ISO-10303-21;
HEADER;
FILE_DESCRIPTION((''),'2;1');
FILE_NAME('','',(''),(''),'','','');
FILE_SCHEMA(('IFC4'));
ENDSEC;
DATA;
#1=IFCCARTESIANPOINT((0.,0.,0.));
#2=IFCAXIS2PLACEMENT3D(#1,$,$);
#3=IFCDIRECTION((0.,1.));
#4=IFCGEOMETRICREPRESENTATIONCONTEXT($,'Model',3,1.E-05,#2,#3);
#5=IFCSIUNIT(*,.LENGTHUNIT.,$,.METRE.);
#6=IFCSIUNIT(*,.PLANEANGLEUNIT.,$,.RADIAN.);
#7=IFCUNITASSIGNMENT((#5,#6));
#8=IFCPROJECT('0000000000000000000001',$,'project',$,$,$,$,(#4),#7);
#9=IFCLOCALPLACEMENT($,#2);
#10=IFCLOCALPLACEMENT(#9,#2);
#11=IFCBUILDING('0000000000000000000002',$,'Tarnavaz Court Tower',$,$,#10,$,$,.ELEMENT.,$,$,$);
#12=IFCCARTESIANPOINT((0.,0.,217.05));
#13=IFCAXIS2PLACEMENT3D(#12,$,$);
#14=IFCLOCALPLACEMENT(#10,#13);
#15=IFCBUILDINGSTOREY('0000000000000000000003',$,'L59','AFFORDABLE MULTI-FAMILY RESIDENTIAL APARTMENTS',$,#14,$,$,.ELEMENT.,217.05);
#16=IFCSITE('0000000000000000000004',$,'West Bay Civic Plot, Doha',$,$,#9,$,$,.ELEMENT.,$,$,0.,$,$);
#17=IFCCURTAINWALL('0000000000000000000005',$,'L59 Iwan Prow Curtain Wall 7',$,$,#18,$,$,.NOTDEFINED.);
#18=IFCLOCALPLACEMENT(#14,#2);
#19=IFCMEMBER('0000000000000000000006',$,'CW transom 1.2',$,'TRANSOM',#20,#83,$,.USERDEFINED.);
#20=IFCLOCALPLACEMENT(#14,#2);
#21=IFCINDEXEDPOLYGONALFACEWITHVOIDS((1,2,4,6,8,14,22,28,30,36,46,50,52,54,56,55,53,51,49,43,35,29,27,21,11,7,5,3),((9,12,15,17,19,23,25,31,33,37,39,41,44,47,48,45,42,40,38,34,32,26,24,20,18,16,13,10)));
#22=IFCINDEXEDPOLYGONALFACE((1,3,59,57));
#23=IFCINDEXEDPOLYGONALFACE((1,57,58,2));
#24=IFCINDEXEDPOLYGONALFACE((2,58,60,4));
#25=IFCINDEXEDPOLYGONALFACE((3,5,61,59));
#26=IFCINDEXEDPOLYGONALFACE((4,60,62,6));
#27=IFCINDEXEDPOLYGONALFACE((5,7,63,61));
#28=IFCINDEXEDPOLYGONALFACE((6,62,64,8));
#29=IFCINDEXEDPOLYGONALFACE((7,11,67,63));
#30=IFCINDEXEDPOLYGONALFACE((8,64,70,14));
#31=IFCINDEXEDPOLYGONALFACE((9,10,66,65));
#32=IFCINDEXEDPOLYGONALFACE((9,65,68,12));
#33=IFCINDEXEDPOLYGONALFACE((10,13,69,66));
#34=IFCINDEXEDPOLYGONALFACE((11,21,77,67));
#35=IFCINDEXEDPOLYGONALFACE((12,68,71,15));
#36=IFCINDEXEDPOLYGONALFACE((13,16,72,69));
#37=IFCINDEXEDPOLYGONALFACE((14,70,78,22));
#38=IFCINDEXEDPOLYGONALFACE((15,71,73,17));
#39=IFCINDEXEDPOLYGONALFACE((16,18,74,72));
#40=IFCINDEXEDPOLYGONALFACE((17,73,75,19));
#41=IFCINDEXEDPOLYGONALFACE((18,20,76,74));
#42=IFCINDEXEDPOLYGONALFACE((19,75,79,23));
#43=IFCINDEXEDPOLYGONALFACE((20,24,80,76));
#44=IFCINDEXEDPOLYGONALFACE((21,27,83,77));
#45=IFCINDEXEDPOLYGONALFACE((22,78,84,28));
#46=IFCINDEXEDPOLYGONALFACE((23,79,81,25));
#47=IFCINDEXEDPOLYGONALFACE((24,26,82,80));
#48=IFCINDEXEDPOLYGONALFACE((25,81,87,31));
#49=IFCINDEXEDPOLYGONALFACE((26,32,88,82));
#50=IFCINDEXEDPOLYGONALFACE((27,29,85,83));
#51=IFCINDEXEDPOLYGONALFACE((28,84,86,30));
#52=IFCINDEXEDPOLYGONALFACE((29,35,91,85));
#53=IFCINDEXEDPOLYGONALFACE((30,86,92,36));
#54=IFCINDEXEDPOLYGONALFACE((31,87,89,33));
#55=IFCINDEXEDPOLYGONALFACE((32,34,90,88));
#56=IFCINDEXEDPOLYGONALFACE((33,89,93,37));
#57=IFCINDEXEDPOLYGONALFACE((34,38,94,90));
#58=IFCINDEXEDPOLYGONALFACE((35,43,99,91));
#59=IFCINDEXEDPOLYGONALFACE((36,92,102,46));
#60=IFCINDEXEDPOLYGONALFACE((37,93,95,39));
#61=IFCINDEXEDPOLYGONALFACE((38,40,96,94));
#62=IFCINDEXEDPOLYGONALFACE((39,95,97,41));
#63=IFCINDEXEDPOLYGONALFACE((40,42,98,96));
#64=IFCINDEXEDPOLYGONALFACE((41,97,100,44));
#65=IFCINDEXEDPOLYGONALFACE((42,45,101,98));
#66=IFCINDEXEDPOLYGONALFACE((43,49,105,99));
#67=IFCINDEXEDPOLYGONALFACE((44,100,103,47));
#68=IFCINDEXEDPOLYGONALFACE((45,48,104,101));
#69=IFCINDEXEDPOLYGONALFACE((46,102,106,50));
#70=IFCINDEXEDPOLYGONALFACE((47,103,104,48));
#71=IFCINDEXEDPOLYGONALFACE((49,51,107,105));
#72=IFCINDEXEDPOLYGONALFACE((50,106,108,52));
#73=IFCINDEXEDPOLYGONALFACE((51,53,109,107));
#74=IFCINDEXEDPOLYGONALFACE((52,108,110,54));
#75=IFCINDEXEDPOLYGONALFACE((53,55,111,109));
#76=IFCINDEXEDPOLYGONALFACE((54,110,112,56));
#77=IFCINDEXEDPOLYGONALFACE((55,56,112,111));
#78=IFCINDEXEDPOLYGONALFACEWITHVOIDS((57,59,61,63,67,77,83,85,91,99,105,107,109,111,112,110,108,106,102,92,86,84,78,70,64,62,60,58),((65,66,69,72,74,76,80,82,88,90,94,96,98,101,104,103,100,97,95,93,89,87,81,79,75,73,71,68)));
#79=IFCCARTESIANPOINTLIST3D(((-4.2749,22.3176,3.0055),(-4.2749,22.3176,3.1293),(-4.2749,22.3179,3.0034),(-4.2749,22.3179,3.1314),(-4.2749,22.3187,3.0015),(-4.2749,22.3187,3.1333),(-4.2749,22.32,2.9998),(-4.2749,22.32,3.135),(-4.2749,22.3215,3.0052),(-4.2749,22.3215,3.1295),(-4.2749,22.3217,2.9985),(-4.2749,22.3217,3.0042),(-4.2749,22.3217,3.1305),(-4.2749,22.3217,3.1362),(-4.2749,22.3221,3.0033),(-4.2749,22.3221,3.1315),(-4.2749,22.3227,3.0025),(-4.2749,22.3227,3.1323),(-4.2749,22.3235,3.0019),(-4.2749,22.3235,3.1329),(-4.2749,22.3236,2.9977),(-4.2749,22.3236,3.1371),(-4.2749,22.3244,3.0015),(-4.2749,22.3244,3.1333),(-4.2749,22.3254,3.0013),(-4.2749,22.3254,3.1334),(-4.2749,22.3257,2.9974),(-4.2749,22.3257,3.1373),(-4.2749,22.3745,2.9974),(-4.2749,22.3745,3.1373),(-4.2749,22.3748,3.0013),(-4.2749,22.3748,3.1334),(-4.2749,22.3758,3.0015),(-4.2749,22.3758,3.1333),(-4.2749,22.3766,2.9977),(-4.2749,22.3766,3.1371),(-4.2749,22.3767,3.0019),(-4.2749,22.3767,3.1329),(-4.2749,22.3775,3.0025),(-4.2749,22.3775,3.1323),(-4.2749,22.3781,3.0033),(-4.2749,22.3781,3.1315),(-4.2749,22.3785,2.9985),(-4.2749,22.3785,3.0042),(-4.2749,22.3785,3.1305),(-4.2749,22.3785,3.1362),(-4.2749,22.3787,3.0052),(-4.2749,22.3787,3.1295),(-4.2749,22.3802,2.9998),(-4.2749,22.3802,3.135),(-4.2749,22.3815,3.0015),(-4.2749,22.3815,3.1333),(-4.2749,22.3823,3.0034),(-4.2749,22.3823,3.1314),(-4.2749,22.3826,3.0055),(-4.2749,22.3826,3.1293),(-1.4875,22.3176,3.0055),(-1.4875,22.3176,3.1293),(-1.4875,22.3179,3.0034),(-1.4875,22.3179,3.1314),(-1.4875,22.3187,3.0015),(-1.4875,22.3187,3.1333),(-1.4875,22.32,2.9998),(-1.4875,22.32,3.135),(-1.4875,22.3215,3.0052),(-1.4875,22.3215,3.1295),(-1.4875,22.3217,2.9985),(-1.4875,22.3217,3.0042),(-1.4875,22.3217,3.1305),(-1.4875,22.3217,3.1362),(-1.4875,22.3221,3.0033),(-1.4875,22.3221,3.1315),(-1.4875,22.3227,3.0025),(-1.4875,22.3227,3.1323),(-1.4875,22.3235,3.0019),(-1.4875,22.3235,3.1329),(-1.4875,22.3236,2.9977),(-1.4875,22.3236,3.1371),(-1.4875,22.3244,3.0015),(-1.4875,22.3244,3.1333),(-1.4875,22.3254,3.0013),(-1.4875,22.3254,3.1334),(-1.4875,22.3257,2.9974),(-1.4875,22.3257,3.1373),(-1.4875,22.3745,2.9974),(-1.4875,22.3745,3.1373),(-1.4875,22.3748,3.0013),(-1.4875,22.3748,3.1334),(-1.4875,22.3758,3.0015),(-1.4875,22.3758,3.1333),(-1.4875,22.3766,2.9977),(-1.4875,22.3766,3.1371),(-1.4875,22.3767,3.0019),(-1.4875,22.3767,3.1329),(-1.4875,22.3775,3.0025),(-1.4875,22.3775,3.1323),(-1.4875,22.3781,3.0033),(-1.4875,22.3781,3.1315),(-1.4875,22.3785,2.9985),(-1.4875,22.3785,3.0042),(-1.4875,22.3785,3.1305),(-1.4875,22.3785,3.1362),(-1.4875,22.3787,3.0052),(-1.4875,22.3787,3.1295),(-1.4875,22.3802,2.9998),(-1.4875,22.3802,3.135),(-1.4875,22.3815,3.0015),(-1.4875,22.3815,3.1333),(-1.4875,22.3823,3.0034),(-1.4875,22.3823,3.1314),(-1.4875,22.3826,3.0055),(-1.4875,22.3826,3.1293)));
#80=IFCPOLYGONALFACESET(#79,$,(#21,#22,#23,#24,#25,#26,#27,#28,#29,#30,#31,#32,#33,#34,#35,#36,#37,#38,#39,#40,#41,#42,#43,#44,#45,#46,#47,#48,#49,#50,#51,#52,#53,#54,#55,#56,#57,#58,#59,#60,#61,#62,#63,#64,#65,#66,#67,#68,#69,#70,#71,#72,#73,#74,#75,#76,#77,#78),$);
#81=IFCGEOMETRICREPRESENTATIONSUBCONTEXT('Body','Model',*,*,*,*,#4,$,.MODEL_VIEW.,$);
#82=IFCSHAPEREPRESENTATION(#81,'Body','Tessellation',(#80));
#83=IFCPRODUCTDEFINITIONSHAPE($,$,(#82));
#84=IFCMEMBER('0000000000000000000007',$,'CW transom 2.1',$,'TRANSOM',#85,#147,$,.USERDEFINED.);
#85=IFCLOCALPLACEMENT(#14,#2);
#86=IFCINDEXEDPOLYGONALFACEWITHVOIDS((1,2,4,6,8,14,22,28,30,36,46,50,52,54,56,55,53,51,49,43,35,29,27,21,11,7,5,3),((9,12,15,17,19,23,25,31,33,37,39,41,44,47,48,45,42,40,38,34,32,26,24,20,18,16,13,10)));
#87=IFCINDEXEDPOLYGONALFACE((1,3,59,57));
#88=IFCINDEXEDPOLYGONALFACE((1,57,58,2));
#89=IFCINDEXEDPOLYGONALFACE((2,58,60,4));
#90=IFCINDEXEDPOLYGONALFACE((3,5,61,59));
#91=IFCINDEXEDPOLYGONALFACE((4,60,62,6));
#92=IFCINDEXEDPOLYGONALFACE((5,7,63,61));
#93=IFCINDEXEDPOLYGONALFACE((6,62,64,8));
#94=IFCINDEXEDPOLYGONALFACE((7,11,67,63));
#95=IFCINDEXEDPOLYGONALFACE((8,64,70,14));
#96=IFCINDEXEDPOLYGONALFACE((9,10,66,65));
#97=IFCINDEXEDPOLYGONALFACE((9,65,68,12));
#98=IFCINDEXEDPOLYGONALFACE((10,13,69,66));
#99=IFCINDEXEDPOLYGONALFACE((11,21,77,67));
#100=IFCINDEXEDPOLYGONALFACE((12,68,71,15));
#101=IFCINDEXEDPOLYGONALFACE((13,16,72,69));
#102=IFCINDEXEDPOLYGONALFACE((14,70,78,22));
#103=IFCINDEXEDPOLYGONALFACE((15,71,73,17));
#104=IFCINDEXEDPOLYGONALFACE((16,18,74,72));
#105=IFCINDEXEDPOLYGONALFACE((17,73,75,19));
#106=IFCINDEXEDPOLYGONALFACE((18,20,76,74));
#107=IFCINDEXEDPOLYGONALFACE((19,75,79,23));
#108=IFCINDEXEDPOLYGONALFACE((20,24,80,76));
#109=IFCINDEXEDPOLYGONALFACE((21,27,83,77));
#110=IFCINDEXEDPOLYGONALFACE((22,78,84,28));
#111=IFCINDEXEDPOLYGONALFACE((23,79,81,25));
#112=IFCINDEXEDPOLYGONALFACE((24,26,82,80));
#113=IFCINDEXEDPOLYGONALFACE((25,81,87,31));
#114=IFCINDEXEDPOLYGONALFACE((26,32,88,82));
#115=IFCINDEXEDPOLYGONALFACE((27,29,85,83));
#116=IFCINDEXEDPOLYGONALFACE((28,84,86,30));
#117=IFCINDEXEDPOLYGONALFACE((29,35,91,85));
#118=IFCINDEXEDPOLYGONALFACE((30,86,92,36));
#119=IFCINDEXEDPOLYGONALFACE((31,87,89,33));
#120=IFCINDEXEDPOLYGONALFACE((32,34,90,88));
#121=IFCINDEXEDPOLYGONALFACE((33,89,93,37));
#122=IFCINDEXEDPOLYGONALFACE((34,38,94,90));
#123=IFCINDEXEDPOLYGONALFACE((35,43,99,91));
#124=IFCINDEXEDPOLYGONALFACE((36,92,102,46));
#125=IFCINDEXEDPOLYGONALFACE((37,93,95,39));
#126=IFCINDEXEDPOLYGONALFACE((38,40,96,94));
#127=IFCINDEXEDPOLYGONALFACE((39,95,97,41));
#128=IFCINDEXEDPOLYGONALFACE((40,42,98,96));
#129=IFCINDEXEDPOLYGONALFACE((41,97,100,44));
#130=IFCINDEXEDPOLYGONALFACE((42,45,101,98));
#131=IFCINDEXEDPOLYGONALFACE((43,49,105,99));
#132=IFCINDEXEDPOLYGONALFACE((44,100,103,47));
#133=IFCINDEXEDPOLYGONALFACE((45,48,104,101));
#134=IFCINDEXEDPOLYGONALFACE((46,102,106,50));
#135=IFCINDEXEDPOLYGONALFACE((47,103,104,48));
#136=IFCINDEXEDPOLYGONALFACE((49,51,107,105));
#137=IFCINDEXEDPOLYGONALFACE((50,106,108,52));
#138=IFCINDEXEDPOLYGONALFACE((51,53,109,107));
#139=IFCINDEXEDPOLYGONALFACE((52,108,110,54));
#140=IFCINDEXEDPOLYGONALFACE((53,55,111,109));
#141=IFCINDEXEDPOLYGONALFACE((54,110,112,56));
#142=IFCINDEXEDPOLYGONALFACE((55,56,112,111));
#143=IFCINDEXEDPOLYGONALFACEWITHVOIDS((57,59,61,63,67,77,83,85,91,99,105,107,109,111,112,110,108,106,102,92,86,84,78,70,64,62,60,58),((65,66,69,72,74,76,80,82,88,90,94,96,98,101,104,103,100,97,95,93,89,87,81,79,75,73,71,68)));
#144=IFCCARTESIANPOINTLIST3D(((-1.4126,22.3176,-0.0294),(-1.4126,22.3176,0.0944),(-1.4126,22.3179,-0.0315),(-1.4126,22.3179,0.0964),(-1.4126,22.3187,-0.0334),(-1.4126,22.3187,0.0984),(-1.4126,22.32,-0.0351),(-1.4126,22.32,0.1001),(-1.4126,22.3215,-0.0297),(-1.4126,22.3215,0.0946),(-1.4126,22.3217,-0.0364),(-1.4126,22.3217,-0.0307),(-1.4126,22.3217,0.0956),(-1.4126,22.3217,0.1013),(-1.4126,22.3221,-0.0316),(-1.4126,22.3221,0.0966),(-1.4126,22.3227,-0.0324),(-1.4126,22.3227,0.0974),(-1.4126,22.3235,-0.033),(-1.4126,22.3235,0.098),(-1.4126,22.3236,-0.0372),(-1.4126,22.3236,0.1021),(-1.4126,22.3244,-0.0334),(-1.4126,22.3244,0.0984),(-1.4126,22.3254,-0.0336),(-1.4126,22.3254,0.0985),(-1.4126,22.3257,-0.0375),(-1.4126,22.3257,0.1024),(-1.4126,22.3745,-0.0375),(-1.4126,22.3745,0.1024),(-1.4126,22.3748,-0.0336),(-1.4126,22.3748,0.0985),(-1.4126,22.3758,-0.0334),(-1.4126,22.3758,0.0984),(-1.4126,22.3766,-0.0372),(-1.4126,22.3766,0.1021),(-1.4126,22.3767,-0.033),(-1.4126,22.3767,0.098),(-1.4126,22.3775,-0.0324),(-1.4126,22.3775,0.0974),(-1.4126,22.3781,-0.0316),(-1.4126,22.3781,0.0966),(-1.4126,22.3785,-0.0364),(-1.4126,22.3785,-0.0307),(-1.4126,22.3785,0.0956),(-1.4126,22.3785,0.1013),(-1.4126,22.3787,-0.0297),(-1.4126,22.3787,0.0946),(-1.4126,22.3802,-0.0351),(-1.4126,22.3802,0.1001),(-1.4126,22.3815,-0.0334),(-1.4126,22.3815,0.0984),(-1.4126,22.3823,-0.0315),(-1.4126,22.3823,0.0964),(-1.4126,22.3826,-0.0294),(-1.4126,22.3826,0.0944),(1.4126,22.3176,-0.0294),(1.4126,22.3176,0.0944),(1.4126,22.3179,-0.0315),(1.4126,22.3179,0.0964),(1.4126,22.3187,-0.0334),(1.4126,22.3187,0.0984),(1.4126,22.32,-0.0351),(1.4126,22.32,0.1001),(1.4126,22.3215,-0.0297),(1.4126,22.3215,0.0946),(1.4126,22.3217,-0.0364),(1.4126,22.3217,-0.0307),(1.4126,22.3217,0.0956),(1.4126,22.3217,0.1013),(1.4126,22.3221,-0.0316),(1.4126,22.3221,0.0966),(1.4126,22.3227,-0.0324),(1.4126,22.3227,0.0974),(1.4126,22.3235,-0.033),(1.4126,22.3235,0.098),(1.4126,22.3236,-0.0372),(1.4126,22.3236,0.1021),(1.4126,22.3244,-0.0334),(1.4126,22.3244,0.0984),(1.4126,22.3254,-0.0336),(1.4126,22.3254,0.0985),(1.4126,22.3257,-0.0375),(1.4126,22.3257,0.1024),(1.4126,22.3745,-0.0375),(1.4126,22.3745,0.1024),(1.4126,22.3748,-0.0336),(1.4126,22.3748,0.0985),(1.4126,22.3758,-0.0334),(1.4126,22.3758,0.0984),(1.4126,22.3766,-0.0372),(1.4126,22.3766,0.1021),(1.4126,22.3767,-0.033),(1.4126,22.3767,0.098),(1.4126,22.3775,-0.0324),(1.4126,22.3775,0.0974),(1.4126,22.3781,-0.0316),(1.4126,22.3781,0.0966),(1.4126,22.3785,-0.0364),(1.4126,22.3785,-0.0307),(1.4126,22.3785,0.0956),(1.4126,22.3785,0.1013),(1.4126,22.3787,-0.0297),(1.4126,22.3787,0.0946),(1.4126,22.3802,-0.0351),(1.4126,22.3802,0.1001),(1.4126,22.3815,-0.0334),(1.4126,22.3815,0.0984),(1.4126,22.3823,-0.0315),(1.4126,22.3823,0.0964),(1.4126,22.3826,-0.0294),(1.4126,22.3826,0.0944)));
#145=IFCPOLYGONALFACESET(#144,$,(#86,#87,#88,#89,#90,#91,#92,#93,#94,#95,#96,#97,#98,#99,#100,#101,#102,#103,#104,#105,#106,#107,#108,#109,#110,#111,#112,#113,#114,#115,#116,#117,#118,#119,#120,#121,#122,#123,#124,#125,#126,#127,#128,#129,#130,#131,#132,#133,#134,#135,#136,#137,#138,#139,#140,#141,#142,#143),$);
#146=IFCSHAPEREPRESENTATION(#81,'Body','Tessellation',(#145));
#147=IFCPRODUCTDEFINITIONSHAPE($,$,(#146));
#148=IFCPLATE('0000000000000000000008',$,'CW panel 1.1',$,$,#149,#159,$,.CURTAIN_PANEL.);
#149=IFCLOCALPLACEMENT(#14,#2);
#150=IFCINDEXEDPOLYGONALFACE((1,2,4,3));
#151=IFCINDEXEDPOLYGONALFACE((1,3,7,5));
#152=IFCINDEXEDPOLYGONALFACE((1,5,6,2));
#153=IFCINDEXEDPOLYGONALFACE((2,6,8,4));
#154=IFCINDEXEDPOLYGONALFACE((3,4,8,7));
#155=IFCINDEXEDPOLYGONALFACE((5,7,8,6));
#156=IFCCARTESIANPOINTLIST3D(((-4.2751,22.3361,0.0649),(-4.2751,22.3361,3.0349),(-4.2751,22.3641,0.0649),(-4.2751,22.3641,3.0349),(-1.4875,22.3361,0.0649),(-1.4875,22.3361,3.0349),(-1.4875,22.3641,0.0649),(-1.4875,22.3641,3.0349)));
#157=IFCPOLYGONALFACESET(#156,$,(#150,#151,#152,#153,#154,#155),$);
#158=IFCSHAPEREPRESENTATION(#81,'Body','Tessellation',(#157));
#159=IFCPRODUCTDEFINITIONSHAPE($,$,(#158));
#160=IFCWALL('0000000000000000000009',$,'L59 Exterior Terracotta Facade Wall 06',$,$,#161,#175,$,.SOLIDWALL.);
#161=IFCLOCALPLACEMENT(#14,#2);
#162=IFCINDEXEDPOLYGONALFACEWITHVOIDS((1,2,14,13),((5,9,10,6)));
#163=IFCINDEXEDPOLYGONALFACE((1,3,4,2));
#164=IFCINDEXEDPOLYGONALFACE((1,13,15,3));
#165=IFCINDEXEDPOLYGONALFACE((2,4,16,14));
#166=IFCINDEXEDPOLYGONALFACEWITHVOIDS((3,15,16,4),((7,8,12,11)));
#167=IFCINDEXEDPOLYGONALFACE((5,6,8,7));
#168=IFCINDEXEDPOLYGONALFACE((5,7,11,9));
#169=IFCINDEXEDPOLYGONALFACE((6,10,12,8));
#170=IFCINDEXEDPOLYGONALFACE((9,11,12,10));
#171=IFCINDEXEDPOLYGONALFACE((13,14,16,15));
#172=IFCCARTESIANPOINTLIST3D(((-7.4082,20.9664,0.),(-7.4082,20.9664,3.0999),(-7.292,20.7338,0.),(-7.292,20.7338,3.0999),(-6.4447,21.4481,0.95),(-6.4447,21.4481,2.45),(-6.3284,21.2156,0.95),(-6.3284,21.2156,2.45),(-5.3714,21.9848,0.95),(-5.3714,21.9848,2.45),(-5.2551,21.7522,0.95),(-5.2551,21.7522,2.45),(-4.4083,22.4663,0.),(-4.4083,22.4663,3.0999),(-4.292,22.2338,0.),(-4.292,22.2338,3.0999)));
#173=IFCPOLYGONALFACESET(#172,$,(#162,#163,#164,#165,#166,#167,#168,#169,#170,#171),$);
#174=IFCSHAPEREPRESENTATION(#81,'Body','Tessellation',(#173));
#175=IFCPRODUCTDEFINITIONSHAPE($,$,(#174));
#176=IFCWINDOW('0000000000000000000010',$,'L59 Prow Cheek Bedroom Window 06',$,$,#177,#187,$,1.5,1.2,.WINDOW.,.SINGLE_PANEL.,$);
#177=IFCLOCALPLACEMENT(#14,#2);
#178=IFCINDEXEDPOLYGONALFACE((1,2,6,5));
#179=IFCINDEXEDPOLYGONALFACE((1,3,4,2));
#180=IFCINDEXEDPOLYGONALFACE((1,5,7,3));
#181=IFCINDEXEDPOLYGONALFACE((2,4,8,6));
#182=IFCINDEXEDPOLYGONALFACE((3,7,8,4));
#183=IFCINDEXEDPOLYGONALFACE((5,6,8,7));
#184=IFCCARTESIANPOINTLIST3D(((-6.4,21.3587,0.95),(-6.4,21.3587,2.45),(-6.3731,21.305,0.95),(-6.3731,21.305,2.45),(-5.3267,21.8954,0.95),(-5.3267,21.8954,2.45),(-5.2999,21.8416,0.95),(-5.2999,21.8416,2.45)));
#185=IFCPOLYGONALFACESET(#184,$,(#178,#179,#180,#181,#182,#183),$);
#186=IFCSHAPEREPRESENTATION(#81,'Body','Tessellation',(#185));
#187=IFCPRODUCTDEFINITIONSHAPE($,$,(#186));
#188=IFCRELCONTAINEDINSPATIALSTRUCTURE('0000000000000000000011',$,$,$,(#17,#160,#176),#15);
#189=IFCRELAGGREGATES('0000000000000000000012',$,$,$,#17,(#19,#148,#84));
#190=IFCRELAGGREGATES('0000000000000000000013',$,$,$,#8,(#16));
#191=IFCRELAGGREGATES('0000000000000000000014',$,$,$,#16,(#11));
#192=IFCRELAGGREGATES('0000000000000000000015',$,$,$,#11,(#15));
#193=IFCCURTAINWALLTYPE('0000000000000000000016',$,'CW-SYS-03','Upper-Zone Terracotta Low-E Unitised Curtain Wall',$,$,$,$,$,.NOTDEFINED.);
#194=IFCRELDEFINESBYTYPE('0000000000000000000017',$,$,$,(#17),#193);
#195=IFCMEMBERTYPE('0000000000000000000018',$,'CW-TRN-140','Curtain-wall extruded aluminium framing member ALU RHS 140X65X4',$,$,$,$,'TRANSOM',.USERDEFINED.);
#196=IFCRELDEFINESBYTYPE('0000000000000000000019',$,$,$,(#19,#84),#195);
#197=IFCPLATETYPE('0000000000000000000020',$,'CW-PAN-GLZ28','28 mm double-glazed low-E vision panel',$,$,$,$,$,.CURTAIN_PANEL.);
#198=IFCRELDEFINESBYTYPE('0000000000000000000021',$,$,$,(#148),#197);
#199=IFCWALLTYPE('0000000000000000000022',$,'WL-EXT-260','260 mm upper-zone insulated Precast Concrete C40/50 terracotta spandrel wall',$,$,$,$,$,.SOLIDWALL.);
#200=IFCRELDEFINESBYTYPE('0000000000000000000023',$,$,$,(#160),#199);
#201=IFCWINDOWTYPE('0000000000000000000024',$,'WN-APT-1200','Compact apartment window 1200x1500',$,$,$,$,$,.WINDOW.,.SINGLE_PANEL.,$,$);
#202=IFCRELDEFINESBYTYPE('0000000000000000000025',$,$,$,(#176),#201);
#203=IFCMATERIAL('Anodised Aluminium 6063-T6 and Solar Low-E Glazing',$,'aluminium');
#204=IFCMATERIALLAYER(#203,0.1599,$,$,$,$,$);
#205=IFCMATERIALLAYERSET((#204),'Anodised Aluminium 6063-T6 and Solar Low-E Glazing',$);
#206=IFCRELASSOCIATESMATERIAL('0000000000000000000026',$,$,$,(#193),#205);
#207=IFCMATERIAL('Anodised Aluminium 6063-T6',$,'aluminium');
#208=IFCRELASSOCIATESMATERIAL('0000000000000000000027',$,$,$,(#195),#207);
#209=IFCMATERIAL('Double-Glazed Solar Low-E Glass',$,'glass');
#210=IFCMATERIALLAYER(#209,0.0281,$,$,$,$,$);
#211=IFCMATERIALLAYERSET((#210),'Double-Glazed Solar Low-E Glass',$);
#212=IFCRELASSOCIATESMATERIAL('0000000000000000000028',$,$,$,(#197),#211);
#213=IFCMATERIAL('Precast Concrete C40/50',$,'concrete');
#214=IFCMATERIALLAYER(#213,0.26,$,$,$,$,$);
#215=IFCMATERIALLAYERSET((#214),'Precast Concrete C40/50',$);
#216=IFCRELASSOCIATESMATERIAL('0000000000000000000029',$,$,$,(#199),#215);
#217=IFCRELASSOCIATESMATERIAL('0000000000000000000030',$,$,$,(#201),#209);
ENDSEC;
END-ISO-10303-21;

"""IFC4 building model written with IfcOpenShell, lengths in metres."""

from ifc_helpers import new_model, si_unit, direction, frame, frame_2d, origin, origin_2d, place, context, subcontext, project, spatial, rectangle, hollow_rectangle, extrude, material, layer, layer_set, material_profile, profile_set, type_object, element, fill, aggregate, save


model = new_model("IFC4")

# Units and contexts
model_context = context("Model", 3, precision=1e-05, world=origin(), true_north=direction((0.0, 1.0)))
body_context = subcontext(model_context, "Body", "Model", "MODEL_VIEW")
ifc_project = project(units=[si_unit("LENGTHUNIT", "METRE"), si_unit("PLANEANGLEUNIT", "RADIAN")], contexts=[model_context])

# Site, building, storey
site_placement = place(None, origin())
site = spatial("IfcSite", under=ifc_project, at=site_placement, Name="West Bay Civic Plot, Doha", CompositionType="ELEMENT", RefElevation=0.0)
building_placement = place(site_placement, origin())
building = spatial("IfcBuilding", under=site, at=building_placement, Name="Tarnavaz Court Tower", CompositionType="ELEMENT")
storey_placement = place(building_placement, frame((0.0, 0.0, 217.05)))
storey = spatial("IfcBuildingStorey", under=building, at=storey_placement, Name="L59", Description="AFFORDABLE MULTI-FAMILY RESIDENTIAL APARTMENTS", CompositionType="ELEMENT", Elevation=217.05)

# Curtain wall, members, plate
ifc_material_1 = material(Name="Anodised Aluminium 6063-T6 and Solar Low-E Glazing", Category="aluminium")
ifc_layer_1 = layer(ifc_material_1, 0.1599)
ifc_layer_set_1 = layer_set([ifc_layer_1], Name="Anodised Aluminium 6063-T6 and Solar Low-E Glazing")
curtain_wall_type = type_object("IfcCurtainWallType", Name="CW-SYS-03", Description="Upper-Zone Terracotta Low-E Unitised Curtain Wall", PredefinedType="NOTDEFINED", material=ifc_layer_set_1)
curtain_wall_placement = place(storey_placement, origin())
curtain_wall = element("IfcCurtainWall", 1, at=curtain_wall_placement, inside=storey, type_object=curtain_wall_type, Name="L59 Iwan Prow Curtain Wall 7", PredefinedType="NOTDEFINED")
ifc_material_2 = material(Name="Anodised Aluminium 6063-T6", Category="aluminium")
ifc_material_profile_1 = material_profile(ifc_material_2, hollow_rectangle(XDim=0.0649, YDim=0.1399, WallThickness=0.0039, InnerFilletRadius=0.0039, OuterFilletRadius=0.0081, at=origin_2d()), Name="ALU RHS 140X65X4")
ifc_profile_set_1 = profile_set([ifc_material_profile_1], Name="Anodised Aluminium 6063-T6")
member_type_1 = type_object("IfcMemberType", Name="CW-TRN-140", Description="Curtain-wall extruded aluminium framing member ALU RHS 140X65X4", ElementType="TRANSOM", PredefinedType="USERDEFINED", material=ifc_profile_set_1)
member_1_placement = place(storey_placement, frame((-4.2749, 22.3501, 3.0674), z_axis=(1.0, 0.0, 0.0), x_axis=(0.0, 1.0, 0.0)))
member_1 = element("IfcMember", 2, at=member_1_placement, type_object=member_type_1, Name="CW transom 1.2", ObjectType="TRANSOM", PredefinedType="USERDEFINED", context=body_context, shape_type="SweptSolid", body=[
    extrude(hollow_rectangle(XDim=0.0649, YDim=0.1399, WallThickness=0.0039, InnerFilletRadius=0.0039, OuterFilletRadius=0.0081, at=origin_2d()), origin(), (0.0, 0.0, 1.0), 2.7874),
])
member_2_placement = place(storey_placement, frame((-1.4126, 22.3501, 0.0325), z_axis=(1.0, 0.0, 0.0), x_axis=(0.0, 1.0, 0.0)))
member_2 = element("IfcMember", 3, at=member_2_placement, type_object=member_type_1, Name="CW transom 2.1", ObjectType="TRANSOM", PredefinedType="USERDEFINED", context=body_context, shape_type="SweptSolid", body=[
    extrude(hollow_rectangle(XDim=0.0649, YDim=0.1399, WallThickness=0.0039, InnerFilletRadius=0.0039, OuterFilletRadius=0.0081, at=origin_2d()), origin(), (0.0, 0.0, 1.0), 2.8252),
])
ifc_material_3 = material(Name="Double-Glazed Solar Low-E Glass", Category="glass")
ifc_layer_2 = layer(ifc_material_3, 0.0281)
ifc_layer_set_2 = layer_set([ifc_layer_2], Name="Double-Glazed Solar Low-E Glass")
plate_type = type_object("IfcPlateType", Name="CW-PAN-GLZ28", Description="28 mm double-glazed low-E vision panel", PredefinedType="CURTAIN_PANEL", material=ifc_layer_set_2)
plate_placement = place(storey_placement, frame((-2.8813, 22.3501, 0.0649), z_axis=(0.0, 0.0, 1.0), x_axis=(1.0, 0.0, 0.0)))
plate = element("IfcPlate", 4, at=plate_placement, type_object=plate_type, Name="CW panel 1.1", PredefinedType="CURTAIN_PANEL", context=body_context, shape_type="SweptSolid", body=[
    extrude(rectangle(XDim=2.7876, YDim=0.0281, at=origin_2d()), origin(), (0.0, 0.0, 1.0), 2.97),
])
aggregate(curtain_wall, [member_1, plate, member_2])

# Wall, opening, window
ifc_material_4 = material(Name="Precast Concrete C40/50", Category="concrete")
ifc_layer_3 = layer(ifc_material_4, 0.26)
ifc_layer_set_3 = layer_set([ifc_layer_3], Name="Precast Concrete C40/50")
wall_type_1 = type_object("IfcWallType", Name="WL-EXT-260", Description="260 mm upper-zone insulated Precast Concrete C40/50 terracotta spandrel wall", PredefinedType="SOLIDWALL", material=ifc_layer_set_3)
wall_1_placement = place(storey_placement, frame((-7.3501, 20.8501, 0.0), z_axis=(0.0, 0.0, 1.0), x_axis=(0.894427, 0.447214, 0.0)))
wall_1 = element("IfcWall", 5, at=wall_1_placement, inside=storey, type_object=wall_type_1, Name="L59 Exterior Terracotta Facade Wall 06", PredefinedType="SOLIDWALL", context=body_context, shape_type="SweptSolid", body=[
    extrude(rectangle(XDim=3.354, YDim=0.26, at=frame_2d((1.677, 0.0))), origin(), (0.0, 0.0, 1.0), 3.0999),
])
opening_1_placement = place(wall_1_placement, frame((1.0771, 0.0, 0.95)))
opening_1 = element("IfcOpeningElement", 6, at=opening_1_placement, cuts=wall_1, PredefinedType="OPENING", context=body_context, shape_type="SweptSolid", body=[
    extrude(rectangle(XDim=1.2, YDim=1.5, at=frame_2d((0.6001, 0.75))), frame((0.0, 0.1399, 0.0), z_axis=(0.0, -1.0, 0.0), x_axis=(1.0, 0.0, 0.0)), (0.0, 0.0, 1.0), 0.28),
])
window_type = type_object("IfcWindowType", Name="WN-APT-1200", Description="Compact apartment window 1200x1500", PartitioningType="SINGLE_PANEL", PredefinedType="WINDOW", material=ifc_material_3)
window_placement = place(opening_1_placement, origin())
window = element("IfcWindow", 7, at=window_placement, inside=storey, type_object=window_type, Name="L59 Prow Cheek Bedroom Window 06", OverallHeight=1.5, OverallWidth=1.2, PartitioningType="SINGLE_PANEL", PredefinedType="WINDOW", context=body_context, shape_type="SweptSolid", body=[
    extrude(rectangle(XDim=1.2, YDim=1.5, at=frame_2d((0.6001, 0.75))), frame((0.0, 0.03, 0.0), z_axis=(0.0, -1.0, 0.0), x_axis=(1.0, 0.0, 0.0)), (0.0, 0.0, 1.0), 0.0601),
])
fill(opening_1, window)

save(model, "model.ifc")
